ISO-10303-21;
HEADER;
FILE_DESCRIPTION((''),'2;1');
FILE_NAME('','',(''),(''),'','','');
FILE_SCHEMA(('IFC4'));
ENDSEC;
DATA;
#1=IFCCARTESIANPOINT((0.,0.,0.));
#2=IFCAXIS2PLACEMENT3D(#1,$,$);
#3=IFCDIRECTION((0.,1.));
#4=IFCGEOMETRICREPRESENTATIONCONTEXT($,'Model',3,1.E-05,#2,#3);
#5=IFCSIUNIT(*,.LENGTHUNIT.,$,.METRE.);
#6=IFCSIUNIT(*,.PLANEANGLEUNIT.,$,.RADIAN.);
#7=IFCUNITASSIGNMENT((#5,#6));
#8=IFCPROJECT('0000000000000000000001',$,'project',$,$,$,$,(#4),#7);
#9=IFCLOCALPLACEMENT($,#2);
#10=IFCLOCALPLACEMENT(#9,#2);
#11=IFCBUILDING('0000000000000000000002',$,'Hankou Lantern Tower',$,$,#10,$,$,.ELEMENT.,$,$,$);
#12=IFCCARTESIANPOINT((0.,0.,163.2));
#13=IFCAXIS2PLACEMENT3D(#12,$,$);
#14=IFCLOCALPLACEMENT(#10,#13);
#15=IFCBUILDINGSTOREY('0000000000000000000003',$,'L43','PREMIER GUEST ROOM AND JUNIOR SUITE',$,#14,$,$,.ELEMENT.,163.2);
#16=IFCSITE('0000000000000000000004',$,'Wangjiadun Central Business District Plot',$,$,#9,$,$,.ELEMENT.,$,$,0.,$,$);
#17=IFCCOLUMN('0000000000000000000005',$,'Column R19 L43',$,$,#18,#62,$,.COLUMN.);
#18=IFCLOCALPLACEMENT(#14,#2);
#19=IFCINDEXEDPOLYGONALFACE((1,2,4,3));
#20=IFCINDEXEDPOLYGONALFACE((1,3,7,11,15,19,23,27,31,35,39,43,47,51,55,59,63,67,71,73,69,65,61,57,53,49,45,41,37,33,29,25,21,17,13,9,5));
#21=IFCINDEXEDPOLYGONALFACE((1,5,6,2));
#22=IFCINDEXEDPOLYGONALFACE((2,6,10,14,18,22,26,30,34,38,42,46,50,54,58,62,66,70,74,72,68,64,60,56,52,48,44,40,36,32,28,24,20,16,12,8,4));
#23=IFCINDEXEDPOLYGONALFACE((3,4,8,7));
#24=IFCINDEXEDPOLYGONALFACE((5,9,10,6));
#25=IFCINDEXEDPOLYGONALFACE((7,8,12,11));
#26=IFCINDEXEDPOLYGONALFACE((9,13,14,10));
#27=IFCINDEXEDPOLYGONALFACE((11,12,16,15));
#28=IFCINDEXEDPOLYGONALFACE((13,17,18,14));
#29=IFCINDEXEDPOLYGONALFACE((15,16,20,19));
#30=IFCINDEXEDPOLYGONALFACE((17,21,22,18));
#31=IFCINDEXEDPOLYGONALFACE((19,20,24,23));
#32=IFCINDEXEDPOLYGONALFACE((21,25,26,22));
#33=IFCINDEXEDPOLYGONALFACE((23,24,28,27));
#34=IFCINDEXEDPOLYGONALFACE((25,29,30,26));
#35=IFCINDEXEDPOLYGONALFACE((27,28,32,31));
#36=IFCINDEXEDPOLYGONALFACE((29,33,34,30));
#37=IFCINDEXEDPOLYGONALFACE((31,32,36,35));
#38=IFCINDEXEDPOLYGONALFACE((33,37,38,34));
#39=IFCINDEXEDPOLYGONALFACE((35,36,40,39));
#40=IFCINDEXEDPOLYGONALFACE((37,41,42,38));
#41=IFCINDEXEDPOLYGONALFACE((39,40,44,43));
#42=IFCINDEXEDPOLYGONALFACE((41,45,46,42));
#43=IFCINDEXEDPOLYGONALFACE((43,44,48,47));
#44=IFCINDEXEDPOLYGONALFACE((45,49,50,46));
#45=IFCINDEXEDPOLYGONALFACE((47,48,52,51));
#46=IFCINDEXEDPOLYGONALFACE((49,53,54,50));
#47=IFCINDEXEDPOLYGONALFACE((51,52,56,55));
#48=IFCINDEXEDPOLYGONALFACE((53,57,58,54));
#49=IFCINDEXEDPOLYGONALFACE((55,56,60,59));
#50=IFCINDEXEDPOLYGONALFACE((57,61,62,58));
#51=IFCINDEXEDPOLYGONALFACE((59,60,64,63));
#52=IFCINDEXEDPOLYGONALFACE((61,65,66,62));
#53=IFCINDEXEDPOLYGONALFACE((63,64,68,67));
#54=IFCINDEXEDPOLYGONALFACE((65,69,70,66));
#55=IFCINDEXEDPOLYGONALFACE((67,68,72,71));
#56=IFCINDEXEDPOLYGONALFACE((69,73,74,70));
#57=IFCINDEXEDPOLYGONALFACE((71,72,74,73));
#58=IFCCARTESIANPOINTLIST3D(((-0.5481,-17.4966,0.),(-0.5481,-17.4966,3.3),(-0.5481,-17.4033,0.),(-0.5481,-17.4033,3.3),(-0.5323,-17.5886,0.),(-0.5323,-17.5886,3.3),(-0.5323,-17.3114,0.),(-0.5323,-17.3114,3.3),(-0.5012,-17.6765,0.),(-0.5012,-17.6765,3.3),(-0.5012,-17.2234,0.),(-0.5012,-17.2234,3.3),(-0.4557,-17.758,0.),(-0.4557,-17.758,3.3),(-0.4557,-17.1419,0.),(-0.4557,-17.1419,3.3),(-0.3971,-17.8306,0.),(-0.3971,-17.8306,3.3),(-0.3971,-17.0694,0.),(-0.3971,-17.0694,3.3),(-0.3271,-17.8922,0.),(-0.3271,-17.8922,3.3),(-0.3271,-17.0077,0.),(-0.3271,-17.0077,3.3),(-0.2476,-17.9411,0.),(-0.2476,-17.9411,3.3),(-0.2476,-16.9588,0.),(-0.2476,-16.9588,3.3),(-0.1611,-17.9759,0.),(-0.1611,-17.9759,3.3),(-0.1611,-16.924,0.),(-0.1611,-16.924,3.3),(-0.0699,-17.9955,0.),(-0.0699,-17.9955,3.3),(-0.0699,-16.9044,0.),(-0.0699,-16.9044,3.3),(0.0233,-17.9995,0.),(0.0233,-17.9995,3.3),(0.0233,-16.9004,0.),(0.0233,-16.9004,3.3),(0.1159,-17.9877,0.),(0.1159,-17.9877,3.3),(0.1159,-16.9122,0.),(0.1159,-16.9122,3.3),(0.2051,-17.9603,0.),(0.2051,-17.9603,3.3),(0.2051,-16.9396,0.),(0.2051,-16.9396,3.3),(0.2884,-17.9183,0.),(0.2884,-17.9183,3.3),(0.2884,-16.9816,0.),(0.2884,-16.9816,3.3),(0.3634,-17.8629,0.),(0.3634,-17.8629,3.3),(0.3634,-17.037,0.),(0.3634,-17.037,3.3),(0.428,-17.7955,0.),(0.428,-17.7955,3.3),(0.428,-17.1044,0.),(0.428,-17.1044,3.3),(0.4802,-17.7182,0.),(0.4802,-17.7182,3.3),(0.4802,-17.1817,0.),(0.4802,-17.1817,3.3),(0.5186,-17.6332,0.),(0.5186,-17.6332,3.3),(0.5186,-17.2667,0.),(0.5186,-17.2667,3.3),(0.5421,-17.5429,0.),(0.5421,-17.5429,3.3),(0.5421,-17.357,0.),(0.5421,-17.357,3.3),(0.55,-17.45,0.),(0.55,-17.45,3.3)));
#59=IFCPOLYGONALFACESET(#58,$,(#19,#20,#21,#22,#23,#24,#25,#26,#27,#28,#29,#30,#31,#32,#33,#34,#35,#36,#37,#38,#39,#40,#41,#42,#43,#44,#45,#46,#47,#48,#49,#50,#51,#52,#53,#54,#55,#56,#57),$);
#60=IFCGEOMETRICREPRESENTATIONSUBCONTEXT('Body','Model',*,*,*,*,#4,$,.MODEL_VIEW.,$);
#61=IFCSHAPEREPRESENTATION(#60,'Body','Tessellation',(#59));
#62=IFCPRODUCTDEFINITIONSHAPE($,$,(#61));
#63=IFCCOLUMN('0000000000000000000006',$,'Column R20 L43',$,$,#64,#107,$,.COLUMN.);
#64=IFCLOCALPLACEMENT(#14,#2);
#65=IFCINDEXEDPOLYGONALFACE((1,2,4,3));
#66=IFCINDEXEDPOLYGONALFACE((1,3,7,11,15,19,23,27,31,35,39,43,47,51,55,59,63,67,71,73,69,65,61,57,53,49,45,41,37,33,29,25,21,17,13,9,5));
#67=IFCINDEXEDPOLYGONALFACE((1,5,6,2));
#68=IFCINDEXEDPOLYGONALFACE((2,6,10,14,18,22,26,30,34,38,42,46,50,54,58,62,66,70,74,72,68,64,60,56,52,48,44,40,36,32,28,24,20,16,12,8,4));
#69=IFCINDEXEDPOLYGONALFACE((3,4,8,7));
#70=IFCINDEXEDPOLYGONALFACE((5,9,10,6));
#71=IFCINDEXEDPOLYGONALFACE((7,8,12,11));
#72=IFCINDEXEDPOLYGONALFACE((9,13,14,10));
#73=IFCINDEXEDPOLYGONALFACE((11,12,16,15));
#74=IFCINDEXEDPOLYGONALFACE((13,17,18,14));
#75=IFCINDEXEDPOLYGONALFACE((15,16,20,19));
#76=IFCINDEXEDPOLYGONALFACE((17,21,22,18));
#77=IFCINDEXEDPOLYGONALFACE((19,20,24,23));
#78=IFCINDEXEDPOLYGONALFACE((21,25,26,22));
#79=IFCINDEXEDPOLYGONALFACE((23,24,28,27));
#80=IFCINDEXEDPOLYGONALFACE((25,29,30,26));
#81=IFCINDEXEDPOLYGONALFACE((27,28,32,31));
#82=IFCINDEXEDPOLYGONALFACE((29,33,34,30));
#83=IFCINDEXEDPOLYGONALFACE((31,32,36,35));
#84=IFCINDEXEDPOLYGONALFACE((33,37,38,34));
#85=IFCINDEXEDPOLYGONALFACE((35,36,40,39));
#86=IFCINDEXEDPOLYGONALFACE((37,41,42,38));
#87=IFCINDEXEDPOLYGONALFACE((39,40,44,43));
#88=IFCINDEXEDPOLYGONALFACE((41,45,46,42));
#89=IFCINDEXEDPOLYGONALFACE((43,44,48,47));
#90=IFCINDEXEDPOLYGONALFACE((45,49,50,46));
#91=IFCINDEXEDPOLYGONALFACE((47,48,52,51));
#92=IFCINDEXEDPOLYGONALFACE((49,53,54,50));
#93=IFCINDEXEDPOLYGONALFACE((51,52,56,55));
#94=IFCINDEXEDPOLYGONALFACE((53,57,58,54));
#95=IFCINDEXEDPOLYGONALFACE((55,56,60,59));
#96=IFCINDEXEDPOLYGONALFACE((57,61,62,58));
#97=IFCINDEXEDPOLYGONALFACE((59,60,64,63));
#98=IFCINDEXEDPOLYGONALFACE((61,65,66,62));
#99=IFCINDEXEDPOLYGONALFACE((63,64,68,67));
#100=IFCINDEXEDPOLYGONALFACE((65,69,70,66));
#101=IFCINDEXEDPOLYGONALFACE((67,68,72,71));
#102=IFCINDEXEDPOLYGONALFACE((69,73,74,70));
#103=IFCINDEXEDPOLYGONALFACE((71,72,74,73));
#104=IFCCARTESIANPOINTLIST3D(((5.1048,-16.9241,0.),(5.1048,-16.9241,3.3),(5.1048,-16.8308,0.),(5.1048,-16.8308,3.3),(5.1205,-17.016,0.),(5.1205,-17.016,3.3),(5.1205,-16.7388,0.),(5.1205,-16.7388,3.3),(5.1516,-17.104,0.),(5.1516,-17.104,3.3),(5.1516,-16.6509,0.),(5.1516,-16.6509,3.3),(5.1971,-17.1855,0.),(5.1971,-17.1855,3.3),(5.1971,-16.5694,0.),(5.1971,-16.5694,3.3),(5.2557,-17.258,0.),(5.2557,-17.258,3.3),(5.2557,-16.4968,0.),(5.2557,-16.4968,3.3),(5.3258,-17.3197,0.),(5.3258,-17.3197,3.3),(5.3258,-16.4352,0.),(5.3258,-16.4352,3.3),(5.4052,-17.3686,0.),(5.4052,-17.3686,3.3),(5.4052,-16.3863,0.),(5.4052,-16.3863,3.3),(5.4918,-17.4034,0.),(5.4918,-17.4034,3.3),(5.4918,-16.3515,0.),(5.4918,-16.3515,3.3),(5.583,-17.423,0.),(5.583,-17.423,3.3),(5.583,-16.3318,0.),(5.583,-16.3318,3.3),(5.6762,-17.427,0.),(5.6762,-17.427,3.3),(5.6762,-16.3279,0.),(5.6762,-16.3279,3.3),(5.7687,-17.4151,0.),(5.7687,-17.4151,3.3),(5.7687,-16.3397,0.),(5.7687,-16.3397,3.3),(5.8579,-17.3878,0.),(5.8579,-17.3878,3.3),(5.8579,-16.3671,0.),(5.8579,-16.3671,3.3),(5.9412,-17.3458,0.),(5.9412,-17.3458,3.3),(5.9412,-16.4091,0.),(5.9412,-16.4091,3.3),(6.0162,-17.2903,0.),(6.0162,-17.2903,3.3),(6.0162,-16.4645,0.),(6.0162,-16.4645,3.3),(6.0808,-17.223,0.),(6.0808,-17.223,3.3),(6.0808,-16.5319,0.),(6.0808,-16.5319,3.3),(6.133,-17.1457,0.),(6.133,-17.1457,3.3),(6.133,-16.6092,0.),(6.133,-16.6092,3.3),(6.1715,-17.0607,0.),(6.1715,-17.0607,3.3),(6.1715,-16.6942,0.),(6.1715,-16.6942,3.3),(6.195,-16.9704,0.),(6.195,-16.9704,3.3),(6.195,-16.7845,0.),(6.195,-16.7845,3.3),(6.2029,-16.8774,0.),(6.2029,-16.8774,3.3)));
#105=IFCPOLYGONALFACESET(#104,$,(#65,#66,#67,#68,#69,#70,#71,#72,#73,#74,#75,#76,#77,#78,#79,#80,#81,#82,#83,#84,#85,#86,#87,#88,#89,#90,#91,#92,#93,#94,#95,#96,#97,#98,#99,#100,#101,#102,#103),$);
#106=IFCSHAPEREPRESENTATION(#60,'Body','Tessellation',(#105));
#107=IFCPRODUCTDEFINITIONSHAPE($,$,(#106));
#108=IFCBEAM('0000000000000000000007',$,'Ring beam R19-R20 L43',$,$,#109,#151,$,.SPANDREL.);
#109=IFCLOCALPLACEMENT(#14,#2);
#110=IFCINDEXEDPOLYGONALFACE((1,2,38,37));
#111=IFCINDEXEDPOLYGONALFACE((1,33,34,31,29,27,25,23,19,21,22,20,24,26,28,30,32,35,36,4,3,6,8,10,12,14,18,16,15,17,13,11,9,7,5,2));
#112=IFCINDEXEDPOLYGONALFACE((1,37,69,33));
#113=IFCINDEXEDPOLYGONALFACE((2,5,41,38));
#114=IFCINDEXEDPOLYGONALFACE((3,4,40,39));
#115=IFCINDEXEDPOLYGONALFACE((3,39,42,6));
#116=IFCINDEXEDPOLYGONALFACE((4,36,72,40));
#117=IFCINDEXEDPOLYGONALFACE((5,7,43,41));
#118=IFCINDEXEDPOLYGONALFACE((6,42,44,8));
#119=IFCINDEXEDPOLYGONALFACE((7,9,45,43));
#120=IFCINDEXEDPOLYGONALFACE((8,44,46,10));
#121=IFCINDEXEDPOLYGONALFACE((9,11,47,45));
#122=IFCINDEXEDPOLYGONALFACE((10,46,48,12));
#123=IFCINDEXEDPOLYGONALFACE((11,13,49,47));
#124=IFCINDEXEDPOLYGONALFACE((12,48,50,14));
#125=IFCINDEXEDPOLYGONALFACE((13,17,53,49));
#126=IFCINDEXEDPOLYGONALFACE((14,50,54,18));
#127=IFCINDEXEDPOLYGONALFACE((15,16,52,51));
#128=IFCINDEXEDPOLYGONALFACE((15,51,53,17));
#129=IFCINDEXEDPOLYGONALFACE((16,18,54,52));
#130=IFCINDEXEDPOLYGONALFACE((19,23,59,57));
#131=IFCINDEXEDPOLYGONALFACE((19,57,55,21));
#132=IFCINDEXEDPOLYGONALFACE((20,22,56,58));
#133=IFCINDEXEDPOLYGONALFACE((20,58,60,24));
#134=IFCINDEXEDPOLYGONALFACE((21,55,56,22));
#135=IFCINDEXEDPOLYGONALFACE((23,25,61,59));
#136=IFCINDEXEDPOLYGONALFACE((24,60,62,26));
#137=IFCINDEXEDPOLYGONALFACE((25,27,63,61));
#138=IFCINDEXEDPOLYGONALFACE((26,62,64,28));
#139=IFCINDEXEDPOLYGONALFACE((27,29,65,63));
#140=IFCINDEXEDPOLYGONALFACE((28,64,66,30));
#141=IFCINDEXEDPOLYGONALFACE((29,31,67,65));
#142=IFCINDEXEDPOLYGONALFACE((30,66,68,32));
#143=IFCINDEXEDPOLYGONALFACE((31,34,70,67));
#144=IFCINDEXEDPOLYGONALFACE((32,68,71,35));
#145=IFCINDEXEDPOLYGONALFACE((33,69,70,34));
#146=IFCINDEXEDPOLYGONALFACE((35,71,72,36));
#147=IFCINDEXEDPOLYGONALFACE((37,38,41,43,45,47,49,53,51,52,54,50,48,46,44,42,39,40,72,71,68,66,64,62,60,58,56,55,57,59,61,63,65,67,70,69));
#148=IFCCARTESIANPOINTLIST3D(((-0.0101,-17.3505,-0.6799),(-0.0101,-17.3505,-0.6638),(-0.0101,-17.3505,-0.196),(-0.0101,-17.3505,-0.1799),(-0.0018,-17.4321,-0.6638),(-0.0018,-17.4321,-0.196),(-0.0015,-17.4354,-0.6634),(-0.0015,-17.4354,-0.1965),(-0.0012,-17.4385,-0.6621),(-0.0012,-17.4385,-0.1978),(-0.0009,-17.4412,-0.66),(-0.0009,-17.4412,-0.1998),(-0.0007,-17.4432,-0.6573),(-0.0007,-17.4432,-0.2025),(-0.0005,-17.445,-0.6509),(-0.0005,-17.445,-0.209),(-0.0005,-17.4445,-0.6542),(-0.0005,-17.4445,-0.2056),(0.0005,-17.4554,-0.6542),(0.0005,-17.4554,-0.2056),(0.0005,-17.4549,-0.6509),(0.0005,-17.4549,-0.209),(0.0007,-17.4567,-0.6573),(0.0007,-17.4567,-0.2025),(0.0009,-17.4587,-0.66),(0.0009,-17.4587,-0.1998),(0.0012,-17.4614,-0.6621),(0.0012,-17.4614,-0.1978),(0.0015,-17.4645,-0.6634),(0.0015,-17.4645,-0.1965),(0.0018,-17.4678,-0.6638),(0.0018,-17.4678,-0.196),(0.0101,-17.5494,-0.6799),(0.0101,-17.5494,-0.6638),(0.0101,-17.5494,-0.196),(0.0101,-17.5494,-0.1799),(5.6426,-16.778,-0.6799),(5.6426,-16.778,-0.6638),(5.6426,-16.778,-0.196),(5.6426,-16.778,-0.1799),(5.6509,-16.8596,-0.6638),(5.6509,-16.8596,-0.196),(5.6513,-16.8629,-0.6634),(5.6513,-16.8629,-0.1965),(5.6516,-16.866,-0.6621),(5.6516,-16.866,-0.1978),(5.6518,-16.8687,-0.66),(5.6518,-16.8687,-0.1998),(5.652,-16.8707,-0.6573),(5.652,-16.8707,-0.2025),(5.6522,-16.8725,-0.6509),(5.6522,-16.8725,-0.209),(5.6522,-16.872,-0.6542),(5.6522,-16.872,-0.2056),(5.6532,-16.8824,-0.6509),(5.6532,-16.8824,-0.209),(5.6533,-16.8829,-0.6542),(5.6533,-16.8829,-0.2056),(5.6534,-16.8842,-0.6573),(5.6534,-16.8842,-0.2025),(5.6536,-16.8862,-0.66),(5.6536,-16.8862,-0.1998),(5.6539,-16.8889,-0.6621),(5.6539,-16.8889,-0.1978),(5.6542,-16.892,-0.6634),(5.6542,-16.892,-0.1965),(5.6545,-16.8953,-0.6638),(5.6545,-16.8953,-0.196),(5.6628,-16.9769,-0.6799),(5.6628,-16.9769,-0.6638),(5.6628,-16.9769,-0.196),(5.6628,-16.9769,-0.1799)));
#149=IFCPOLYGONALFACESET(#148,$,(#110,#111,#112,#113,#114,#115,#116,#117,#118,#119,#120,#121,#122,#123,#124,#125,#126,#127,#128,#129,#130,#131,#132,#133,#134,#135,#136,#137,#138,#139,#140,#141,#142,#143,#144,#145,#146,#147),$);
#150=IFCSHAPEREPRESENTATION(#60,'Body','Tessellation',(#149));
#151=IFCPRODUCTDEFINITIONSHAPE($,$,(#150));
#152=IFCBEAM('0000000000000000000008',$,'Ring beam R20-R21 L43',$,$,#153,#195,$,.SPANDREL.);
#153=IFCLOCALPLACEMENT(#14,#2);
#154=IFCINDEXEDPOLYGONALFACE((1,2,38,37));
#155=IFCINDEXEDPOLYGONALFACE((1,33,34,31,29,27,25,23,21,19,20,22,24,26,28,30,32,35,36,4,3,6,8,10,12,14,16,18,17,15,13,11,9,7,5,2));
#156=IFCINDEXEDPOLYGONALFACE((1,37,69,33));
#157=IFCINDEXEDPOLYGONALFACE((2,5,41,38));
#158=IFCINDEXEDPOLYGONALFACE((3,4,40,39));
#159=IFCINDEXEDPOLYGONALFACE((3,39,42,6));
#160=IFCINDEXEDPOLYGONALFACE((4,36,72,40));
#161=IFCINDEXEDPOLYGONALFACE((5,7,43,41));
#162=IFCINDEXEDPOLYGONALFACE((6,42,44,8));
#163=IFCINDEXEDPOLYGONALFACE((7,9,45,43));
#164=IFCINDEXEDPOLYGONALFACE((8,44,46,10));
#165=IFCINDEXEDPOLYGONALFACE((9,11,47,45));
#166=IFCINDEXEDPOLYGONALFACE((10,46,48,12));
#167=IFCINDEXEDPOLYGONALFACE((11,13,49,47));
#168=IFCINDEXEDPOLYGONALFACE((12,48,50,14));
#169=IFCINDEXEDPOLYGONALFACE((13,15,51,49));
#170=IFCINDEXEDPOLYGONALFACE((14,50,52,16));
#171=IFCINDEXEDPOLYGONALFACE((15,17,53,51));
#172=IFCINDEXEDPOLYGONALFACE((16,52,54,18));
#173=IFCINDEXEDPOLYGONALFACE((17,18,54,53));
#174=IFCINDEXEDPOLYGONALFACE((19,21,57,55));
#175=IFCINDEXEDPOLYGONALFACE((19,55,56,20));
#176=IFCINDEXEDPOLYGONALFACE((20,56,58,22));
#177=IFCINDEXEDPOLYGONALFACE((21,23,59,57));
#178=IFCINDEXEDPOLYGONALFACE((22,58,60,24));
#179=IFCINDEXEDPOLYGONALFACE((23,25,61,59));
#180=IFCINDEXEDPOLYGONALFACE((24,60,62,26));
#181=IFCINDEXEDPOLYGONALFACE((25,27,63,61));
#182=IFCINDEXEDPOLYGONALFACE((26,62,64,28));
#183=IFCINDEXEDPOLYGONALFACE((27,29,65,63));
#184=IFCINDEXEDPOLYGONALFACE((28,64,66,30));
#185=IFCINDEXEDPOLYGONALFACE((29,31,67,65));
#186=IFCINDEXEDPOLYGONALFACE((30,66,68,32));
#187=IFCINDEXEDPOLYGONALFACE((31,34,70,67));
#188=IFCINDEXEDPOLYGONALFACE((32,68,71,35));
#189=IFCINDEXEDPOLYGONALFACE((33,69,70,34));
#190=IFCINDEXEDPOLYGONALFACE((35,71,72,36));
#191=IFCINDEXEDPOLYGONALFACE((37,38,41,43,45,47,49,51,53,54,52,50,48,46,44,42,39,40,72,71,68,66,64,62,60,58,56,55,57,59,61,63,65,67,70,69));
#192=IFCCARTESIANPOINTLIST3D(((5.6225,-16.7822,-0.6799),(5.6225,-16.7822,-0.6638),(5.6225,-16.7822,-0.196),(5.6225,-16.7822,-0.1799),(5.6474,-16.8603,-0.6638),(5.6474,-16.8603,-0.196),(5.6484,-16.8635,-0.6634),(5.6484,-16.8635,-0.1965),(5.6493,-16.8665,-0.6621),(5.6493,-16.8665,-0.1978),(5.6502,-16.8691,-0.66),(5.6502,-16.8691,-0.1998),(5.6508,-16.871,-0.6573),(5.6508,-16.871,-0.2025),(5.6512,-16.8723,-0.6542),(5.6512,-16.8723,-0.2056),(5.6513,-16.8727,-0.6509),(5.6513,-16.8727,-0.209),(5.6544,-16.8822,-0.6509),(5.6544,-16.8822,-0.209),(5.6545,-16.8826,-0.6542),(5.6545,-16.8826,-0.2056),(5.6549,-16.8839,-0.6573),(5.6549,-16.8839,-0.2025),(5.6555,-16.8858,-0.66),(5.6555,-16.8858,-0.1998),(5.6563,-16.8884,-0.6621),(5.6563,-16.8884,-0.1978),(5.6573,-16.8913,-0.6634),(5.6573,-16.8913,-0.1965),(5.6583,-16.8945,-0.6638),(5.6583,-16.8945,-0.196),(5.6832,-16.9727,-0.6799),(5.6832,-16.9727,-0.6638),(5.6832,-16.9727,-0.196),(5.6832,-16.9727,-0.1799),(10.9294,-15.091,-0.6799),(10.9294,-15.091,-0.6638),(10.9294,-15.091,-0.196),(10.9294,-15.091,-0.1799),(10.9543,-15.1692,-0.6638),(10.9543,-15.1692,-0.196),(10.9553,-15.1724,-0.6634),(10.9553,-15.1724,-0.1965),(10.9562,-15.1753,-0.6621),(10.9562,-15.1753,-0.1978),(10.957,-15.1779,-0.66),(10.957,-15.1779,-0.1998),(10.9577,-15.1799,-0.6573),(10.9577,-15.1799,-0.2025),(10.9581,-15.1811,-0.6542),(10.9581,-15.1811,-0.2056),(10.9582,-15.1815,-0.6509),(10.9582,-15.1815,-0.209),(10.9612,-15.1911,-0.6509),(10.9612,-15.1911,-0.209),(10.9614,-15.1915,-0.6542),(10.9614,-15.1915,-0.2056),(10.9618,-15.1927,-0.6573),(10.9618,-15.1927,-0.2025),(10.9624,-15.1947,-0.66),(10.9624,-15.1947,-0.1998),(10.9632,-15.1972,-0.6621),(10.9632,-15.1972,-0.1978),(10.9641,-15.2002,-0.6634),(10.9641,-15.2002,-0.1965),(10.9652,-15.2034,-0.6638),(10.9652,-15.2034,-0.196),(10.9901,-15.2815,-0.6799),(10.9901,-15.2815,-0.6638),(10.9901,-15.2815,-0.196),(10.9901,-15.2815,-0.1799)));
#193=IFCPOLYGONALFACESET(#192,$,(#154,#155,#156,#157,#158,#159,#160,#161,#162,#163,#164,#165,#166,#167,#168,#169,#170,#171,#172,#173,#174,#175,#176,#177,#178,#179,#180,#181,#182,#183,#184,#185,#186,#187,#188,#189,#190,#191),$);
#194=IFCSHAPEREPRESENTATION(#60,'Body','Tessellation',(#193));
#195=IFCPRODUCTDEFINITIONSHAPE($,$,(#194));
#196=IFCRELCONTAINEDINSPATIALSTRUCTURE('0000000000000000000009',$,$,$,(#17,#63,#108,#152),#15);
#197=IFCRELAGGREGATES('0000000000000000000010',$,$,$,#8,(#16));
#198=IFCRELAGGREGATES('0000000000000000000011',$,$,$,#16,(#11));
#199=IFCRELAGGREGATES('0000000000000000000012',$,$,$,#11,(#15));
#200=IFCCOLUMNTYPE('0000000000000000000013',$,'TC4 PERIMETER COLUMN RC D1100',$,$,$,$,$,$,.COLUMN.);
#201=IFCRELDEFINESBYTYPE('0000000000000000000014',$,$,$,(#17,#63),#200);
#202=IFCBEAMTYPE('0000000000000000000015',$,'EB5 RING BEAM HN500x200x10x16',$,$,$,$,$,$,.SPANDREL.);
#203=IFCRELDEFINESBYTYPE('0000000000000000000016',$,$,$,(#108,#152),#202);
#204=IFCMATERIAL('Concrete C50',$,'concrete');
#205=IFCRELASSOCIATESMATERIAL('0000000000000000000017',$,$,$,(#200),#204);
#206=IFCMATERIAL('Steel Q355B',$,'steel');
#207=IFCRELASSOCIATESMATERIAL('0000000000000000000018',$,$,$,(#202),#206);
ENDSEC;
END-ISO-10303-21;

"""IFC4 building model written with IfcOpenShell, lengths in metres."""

from ifc_helpers import new_model, si_unit, direction, frame, origin, origin_2d, place, context, subcontext, project, spatial, circle, i_section, extrude, material, material_profile, profile_set, type_object, element, save


model = new_model("IFC4")

# Units and contexts
model_context = context("Model", 3, precision=1e-05, world=origin(), true_north=direction((0.0, 1.0)))
body_context = subcontext(model_context, "Body", "Model", "MODEL_VIEW")
ifc_project = project(units=[si_unit("LENGTHUNIT", "METRE"), si_unit("PLANEANGLEUNIT", "RADIAN")], contexts=[model_context])

# Site, building, storey
site_placement = place(None, origin())
site = spatial("IfcSite", under=ifc_project, at=site_placement, Name="Wangjiadun Central Business District Plot", CompositionType="ELEMENT", RefElevation=0.0)
building_placement = place(site_placement, origin())
building = spatial("IfcBuilding", under=site, at=building_placement, Name="Hankou Lantern Tower", CompositionType="ELEMENT")
storey_placement = place(building_placement, frame((0.0, 0.0, 163.2)))
storey = spatial("IfcBuildingStorey", under=building, at=storey_placement, Name="L43", Description="PREMIER GUEST ROOM AND JUNIOR SUITE", CompositionType="ELEMENT", Elevation=163.2)

# Columns
ifc_material_1 = material(Name="Concrete C50", Category="concrete")
ifc_material_profile_1 = material_profile(ifc_material_1, circle(Radius=0.55, at=origin_2d()), Name="RC D1100")
ifc_profile_set_1 = profile_set([ifc_material_profile_1], Name="Concrete C50")
column_type = type_object("IfcColumnType", Name="TC4 PERIMETER COLUMN RC D1100", PredefinedType="COLUMN", material=ifc_profile_set_1)
for number, where, z_axis, x_axis, name in (
    (1, (0.0, -17.45, 0.0), (0.0, 0.0, 1.0), (1.0, 0.0, 0.0), "Column R19 L43"),
    (2, (5.6528, -16.8774, 0.0), (0.0, 0.0, 1.0), (1.0, 0.0, 0.0), "Column R20 L43"),
):
    element("IfcColumn", number, at=place(storey_placement, frame(where, z_axis=z_axis, x_axis=x_axis)), inside=storey, type_object=column_type, Name=name, PredefinedType="COLUMN", context=body_context, shape_type="SweptSolid", body=[
        extrude(circle(Radius=0.55, at=origin_2d()), origin(), (0.0, 0.0, 1.0), 3.3),
    ])

# Beams
ifc_material_2 = material(Name="Steel Q355B", Category="steel")
ifc_material_profile_2 = material_profile(ifc_material_2, i_section(OverallWidth=0.2, OverallDepth=0.5, WebThickness=0.01, FlangeThickness=0.0161, FilletRadius=0.0129, at=origin_2d()), Name="HN500x200x10x16")
ifc_profile_set_2 = profile_set([ifc_material_profile_2], Name="Steel Q355B")
beam_type_1 = type_object("IfcBeamType", Name="EB5 RING BEAM HN500x200x10x16", PredefinedType="SPANDREL", material=ifc_profile_set_2)
beam_1_placement = place(storey_placement, frame((0.0, -17.45, -0.4299), z_axis=(0.99491, 0.100763, 0.0), x_axis=(-0.100763, 0.99491, 0.0)))
element("IfcBeam", 3, at=beam_1_placement, inside=storey, type_object=beam_type_1, Name="Ring beam R19-R20 L43", PredefinedType="SPANDREL", context=body_context, shape_type="SweptSolid", body=[
    extrude(i_section(OverallWidth=0.2, OverallDepth=0.5, WebThickness=0.01, FlangeThickness=0.0161, FilletRadius=0.0129, at=origin_2d()), origin(), (0.0, 0.0, 1.0), 5.6816),
])
beam_2_placement = place(storey_placement, frame((5.6528, -16.8774, -0.4299), z_axis=(0.95279, 0.303629, 0.0), x_axis=(-0.303629, 0.95279, 0.0)))
element("IfcBeam", 4, at=beam_2_placement, inside=storey, type_object=beam_type_1, Name="Ring beam R20-R21 L43", PredefinedType="SPANDREL", context=body_context, shape_type="SweptSolid", body=[
    extrude(i_section(OverallWidth=0.2, OverallDepth=0.5, WebThickness=0.01, FlangeThickness=0.0161, FilletRadius=0.0129, at=origin_2d()), origin(), (0.0, 0.0, 1.0), 5.5698),
])

save(model, "model.ifc")
